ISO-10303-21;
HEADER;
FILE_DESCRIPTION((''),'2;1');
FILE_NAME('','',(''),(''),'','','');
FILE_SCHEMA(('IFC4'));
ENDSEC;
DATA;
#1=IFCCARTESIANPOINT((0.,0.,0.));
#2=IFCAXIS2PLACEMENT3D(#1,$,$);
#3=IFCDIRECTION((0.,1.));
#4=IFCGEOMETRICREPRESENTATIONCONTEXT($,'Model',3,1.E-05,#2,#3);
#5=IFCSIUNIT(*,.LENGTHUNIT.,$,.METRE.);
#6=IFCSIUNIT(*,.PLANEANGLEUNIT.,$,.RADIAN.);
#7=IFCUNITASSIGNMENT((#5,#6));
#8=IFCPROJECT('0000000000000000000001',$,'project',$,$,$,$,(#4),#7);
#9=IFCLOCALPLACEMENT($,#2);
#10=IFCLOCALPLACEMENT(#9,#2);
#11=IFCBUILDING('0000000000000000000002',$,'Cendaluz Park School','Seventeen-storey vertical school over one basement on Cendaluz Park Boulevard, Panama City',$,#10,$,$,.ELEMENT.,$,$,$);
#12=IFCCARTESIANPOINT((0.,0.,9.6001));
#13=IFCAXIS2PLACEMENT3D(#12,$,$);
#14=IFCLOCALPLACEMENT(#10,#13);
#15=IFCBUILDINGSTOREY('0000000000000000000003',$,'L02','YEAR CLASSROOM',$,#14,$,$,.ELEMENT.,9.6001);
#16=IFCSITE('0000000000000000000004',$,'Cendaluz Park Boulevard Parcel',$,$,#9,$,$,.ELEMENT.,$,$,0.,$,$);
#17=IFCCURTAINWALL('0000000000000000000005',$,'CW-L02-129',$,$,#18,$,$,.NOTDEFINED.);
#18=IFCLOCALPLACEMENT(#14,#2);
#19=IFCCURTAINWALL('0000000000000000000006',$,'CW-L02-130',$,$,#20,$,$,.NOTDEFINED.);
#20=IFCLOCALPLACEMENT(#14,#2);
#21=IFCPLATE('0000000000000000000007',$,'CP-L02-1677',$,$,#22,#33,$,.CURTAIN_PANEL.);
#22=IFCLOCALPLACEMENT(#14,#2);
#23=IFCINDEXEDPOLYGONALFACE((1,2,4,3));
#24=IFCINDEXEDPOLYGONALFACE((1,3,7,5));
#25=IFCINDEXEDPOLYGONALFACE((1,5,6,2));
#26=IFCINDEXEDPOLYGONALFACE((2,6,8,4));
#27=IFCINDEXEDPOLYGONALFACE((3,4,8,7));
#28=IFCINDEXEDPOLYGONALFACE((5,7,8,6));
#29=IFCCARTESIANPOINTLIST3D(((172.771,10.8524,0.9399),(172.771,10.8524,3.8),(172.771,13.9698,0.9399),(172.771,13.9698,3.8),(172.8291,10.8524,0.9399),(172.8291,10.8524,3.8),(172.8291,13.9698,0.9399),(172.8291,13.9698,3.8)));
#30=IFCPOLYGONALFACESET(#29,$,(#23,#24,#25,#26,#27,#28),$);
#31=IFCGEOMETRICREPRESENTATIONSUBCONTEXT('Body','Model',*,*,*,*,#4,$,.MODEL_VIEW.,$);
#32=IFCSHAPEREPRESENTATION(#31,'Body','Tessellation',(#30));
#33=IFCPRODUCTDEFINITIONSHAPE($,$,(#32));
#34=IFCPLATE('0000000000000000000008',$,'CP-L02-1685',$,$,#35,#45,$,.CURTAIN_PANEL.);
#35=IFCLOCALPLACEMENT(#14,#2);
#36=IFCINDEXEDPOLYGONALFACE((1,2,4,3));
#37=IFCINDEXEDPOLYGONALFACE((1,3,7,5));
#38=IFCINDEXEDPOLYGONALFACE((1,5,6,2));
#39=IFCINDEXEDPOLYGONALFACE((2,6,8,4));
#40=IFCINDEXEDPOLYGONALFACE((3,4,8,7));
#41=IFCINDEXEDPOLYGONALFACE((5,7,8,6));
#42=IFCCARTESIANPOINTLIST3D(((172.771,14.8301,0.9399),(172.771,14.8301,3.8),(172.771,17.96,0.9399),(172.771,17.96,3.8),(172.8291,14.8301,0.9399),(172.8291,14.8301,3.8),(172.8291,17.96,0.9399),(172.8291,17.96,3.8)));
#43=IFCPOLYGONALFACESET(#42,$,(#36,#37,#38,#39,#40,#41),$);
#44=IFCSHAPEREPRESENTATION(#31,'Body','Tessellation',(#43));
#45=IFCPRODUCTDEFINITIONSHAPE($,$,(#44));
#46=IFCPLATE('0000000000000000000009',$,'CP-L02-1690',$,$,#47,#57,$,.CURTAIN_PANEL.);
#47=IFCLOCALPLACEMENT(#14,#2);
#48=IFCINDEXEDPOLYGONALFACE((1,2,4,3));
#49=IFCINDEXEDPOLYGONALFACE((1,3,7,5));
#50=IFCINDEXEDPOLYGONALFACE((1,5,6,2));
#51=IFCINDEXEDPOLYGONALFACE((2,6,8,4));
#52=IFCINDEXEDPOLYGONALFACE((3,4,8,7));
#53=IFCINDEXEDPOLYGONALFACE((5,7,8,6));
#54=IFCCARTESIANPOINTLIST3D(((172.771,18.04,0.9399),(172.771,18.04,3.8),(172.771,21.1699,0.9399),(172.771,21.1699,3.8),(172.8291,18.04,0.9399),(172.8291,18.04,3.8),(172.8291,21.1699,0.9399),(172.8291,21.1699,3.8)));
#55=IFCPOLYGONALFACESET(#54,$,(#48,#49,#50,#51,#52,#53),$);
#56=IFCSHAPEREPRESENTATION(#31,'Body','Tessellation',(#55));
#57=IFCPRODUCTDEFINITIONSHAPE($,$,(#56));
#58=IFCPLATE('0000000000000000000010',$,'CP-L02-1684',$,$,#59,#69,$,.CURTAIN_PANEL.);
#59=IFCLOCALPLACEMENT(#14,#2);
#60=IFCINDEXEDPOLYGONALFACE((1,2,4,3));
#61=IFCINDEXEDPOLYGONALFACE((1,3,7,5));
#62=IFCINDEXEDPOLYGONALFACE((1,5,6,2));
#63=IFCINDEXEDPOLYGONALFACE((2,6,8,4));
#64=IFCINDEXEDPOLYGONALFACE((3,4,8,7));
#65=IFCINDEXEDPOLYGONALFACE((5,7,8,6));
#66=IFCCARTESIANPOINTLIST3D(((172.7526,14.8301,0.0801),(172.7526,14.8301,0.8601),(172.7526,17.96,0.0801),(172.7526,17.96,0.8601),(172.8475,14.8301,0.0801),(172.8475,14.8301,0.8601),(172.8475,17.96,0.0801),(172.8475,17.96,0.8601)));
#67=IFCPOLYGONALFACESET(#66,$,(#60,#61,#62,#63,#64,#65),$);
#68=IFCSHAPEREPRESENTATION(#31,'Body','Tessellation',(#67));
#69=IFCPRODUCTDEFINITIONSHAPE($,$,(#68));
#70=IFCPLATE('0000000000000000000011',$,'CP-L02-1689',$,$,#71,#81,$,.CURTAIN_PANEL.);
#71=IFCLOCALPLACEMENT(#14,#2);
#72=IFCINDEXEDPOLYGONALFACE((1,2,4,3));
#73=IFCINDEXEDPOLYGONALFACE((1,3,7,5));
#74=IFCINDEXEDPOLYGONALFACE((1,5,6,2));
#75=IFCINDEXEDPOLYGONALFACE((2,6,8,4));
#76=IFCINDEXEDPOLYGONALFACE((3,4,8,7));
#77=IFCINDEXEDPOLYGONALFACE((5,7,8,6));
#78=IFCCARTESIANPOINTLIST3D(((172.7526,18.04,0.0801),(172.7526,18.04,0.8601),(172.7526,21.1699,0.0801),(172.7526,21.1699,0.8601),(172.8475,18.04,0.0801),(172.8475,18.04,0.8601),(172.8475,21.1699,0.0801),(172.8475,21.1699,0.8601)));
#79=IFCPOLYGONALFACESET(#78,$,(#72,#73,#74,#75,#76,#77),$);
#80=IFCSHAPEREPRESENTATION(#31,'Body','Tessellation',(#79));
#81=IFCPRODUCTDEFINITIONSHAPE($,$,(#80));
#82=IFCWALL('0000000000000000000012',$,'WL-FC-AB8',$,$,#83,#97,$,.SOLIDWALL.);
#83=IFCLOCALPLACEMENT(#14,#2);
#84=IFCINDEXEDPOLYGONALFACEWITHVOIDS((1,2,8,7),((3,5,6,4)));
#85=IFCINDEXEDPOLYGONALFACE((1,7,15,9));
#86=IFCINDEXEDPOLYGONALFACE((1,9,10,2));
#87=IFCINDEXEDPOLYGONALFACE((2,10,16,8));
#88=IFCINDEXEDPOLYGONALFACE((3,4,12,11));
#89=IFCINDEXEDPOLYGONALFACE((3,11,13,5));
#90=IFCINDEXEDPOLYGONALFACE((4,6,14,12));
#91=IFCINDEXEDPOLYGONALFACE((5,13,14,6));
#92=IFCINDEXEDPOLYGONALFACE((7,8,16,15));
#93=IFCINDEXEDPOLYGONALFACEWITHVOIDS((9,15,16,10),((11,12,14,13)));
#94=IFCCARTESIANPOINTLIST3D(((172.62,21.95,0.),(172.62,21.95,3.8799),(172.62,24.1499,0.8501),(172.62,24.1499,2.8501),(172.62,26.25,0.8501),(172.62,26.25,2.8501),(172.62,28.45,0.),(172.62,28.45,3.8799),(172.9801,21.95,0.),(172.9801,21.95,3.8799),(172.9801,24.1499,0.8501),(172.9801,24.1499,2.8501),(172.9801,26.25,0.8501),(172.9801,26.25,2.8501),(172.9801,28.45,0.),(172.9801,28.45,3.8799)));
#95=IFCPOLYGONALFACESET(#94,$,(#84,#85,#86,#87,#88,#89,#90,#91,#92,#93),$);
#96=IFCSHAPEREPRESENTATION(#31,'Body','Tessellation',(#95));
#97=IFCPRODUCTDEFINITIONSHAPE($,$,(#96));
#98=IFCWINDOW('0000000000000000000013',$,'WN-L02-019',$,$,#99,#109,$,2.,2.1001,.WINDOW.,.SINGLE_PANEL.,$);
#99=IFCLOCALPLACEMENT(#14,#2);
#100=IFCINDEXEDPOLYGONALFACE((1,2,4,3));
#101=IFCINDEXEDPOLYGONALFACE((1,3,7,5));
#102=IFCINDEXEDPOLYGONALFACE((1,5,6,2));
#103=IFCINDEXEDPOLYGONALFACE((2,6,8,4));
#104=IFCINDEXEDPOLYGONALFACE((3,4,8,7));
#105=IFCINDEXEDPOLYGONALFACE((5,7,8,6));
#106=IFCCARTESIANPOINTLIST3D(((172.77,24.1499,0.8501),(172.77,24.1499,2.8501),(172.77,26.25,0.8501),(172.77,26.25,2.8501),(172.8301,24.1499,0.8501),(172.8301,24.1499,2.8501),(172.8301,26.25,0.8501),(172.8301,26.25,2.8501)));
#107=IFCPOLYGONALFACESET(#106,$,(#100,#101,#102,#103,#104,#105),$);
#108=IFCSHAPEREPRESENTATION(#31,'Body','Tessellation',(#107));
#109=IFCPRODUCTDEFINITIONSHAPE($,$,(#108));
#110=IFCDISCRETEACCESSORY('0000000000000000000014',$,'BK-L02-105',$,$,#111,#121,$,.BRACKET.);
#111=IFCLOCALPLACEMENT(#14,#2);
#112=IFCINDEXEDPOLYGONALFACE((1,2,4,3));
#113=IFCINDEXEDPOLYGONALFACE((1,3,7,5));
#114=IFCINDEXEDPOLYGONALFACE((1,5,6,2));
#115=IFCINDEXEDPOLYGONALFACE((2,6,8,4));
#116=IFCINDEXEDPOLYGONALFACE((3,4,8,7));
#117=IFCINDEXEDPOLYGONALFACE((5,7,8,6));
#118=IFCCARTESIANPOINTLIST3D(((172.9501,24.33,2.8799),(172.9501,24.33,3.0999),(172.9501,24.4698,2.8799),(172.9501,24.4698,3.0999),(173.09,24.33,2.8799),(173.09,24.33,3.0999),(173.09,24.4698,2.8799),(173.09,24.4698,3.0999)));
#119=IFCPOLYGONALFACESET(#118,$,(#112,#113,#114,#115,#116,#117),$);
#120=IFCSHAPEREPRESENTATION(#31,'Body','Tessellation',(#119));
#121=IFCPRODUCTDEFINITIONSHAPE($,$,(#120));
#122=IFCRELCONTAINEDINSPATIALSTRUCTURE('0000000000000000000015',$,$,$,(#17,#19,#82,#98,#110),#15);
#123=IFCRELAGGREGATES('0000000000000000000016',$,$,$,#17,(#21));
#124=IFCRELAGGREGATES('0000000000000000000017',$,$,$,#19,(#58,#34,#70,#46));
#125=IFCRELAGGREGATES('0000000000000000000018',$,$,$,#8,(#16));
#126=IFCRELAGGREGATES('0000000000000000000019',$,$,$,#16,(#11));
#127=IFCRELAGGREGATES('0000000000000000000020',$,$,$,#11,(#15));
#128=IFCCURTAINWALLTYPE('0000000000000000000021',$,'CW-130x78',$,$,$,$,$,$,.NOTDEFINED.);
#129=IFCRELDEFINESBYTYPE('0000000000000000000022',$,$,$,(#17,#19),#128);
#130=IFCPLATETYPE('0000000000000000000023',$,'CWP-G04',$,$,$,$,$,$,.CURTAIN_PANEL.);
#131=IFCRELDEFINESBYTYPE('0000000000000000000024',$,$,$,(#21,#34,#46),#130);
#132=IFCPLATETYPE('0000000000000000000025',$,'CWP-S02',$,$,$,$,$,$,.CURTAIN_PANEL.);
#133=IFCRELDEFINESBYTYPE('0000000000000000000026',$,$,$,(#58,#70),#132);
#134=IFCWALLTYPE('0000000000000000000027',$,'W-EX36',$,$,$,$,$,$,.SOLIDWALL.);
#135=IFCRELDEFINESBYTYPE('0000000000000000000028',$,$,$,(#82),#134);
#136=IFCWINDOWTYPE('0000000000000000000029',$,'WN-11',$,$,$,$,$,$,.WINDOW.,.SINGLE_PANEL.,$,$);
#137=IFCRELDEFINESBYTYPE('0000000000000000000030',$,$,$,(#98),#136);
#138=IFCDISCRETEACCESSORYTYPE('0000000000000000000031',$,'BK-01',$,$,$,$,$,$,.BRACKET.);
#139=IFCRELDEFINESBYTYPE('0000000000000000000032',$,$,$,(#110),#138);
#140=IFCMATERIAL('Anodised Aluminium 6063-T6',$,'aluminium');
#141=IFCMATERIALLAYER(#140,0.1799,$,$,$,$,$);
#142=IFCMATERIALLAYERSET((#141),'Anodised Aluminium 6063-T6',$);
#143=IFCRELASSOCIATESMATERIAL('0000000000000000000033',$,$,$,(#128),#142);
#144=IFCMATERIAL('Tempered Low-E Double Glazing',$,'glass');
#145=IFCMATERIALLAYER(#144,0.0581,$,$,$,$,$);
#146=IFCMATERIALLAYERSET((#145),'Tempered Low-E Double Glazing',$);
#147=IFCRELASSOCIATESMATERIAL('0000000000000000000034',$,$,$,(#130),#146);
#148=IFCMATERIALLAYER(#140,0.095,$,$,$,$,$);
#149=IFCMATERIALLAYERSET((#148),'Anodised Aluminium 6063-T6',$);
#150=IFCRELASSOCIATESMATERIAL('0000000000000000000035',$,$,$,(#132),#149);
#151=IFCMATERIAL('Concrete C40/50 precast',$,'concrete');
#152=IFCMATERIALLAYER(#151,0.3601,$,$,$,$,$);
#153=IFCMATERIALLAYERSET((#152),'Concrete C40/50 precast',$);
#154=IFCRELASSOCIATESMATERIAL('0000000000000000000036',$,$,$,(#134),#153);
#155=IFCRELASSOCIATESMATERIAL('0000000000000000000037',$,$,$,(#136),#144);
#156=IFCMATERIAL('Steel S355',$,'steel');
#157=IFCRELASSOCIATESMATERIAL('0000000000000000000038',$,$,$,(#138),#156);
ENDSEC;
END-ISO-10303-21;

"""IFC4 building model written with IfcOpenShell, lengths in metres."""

from ifc_helpers import new_model, si_unit, direction, frame, frame_2d, origin, origin_2d, place, context, subcontext, project, spatial, rectangle, extrude, material, layer, layer_set, type_object, element, fill, aggregate, save


model = new_model("IFC4")

# Units and contexts
model_context = context("Model", 3, precision=1e-05, world=origin(), true_north=direction((0.0, 1.0)))
body_context = subcontext(model_context, "Body", "Model", "MODEL_VIEW")
ifc_project = project(units=[si_unit("LENGTHUNIT", "METRE"), si_unit("PLANEANGLEUNIT", "RADIAN")], contexts=[model_context])

# Site, building, storey
site_placement = place(None, origin())
site = spatial("IfcSite", under=ifc_project, at=site_placement, Name="Cendaluz Park Boulevard Parcel", CompositionType="ELEMENT", RefElevation=0.0)
building_placement = place(site_placement, origin())
building = spatial("IfcBuilding", under=site, at=building_placement, Name="Cendaluz Park School", Description="Seventeen-storey vertical school over one basement on Cendaluz Park Boulevard, Panama City", CompositionType="ELEMENT")
storey_placement = place(building_placement, frame((0.0, 0.0, 9.6001)))
storey = spatial("IfcBuildingStorey", under=building, at=storey_placement, Name="L02", Description="YEAR CLASSROOM", CompositionType="ELEMENT", Elevation=9.6001)

# Curtain wall
ifc_material_1 = material(Name="Anodised Aluminium 6063-T6", Category="aluminium")
ifc_layer_1 = layer(ifc_material_1, 0.1799)
ifc_layer_set_1 = layer_set([ifc_layer_1], Name="Anodised Aluminium 6063-T6")
curtain_wall_type = type_object("IfcCurtainWallType", Name="CW-130x78", PredefinedType="NOTDEFINED", material=ifc_layer_set_1)
curtain_wall_1_placement = place(storey_placement, origin())
curtain_wall_1 = element("IfcCurtainWall", 1, at=curtain_wall_1_placement, inside=storey, type_object=curtain_wall_type, Name="CW-L02-129", PredefinedType="NOTDEFINED")

# Curtain wall
curtain_wall_2_placement = place(storey_placement, origin())
curtain_wall_2 = element("IfcCurtainWall", 2, at=curtain_wall_2_placement, inside=storey, type_object=curtain_wall_type, Name="CW-L02-130", PredefinedType="NOTDEFINED")

# Plates
ifc_material_2 = material(Name="Tempered Low-E Double Glazing", Category="glass")
ifc_layer_2 = layer(ifc_material_2, 0.0581)
ifc_layer_set_2 = layer_set([ifc_layer_2], Name="Tempered Low-E Double Glazing")
plate_type_1 = type_object("IfcPlateType", Name="CWP-G04", PredefinedType="CURTAIN_PANEL", material=ifc_layer_set_2)
plate_1_placement = place(storey_placement, frame((172.8, 12.4111, 0.9399), z_axis=(0.0, 0.0, 1.0), x_axis=(0.0, 1.0, 0.0)))
plate_1 = element("IfcPlate", 3, at=plate_1_placement, type_object=plate_type_1, Name="CP-L02-1677", PredefinedType="CURTAIN_PANEL", context=body_context, shape_type="SweptSolid", body=[
    extrude(rectangle(XDim=3.1174, YDim=0.0581, at=origin_2d()), origin(), (0.0, 0.0, 1.0), 2.8601),
])
aggregate(curtain_wall_1, [plate_1])
plate_2_placement = place(storey_placement, frame((172.8, 16.395, 0.9399), z_axis=(0.0, 0.0, 1.0), x_axis=(0.0, 1.0, 0.0)))
plate_2 = element("IfcPlate", 4, at=plate_2_placement, type_object=plate_type_1, Name="CP-L02-1685", PredefinedType="CURTAIN_PANEL", context=body_context, shape_type="SweptSolid", body=[
    extrude(rectangle(XDim=3.1299, YDim=0.0581, at=origin_2d()), origin(), (0.0, 0.0, 1.0), 2.8601),
])
plate_3_placement = place(storey_placement, frame((172.8, 19.605, 0.9399), z_axis=(0.0, 0.0, 1.0), x_axis=(0.0, 1.0, 0.0)))
plate_3 = element("IfcPlate", 5, at=plate_3_placement, type_object=plate_type_1, Name="CP-L02-1690", PredefinedType="CURTAIN_PANEL", context=body_context, shape_type="SweptSolid", body=[
    extrude(rectangle(XDim=3.1299, YDim=0.0581, at=origin_2d()), origin(), (0.0, 0.0, 1.0), 2.8601),
])
ifc_layer_3 = layer(ifc_material_1, 0.095)
ifc_layer_set_3 = layer_set([ifc_layer_3], Name="Anodised Aluminium 6063-T6")
plate_type_2 = type_object("IfcPlateType", Name="CWP-S02", PredefinedType="CURTAIN_PANEL", material=ifc_layer_set_3)
plate_4_placement = place(storey_placement, frame((172.8, 16.395, 0.0801), z_axis=(0.0, 0.0, 1.0), x_axis=(0.0, 1.0, 0.0)))
plate_4 = element("IfcPlate", 6, at=plate_4_placement, type_object=plate_type_2, Name="CP-L02-1684", PredefinedType="CURTAIN_PANEL", context=body_context, shape_type="SweptSolid", body=[
    extrude(rectangle(XDim=3.1299, YDim=0.095, at=origin_2d()), origin(), (0.0, 0.0, 1.0), 0.78),
])
plate_5_placement = place(storey_placement, frame((172.8, 19.605, 0.0801), z_axis=(0.0, 0.0, 1.0), x_axis=(0.0, 1.0, 0.0)))
plate_5 = element("IfcPlate", 7, at=plate_5_placement, type_object=plate_type_2, Name="CP-L02-1689", PredefinedType="CURTAIN_PANEL", context=body_context, shape_type="SweptSolid", body=[
    extrude(rectangle(XDim=3.1299, YDim=0.095, at=origin_2d()), origin(), (0.0, 0.0, 1.0), 0.78),
])
aggregate(curtain_wall_2, [plate_4, plate_2, plate_5, plate_3])

# Wall, opening, window
ifc_material_3 = material(Name="Concrete C40/50 precast", Category="concrete")
ifc_layer_4 = layer(ifc_material_3, 0.3601)
ifc_layer_set_4 = layer_set([ifc_layer_4], Name="Concrete C40/50 precast")
wall_type = type_object("IfcWallType", Name="W-EX36", PredefinedType="SOLIDWALL", material=ifc_layer_set_4)
wall_placement = place(storey_placement, frame((172.8, 21.95, 0.0), z_axis=(0.0, 0.0, 1.0), x_axis=(0.0, 1.0, 0.0)))
wall = element("IfcWall", 8, at=wall_placement, inside=storey, type_object=wall_type, Name="WL-FC-AB8", PredefinedType="SOLIDWALL", context=body_context, shape_type="SweptSolid", body=[
    extrude(rectangle(XDim=6.5, YDim=0.3601, at=frame_2d((3.25, 0.0))), origin(), (0.0, 0.0, 1.0), 3.8799),
])
opening_placement = place(wall_placement, frame((2.2, 0.0, 0.8501)))
opening = element("IfcOpeningElement", 9, at=opening_placement, cuts=wall, PredefinedType="OPENING", context=body_context, shape_type="SweptSolid", body=[
    extrude(rectangle(XDim=2.1001, YDim=2.0, at=frame_2d((1.05, 1.0))), frame((0.0, 0.1921, 0.0), z_axis=(0.0, -1.0, 0.0), x_axis=(1.0, 0.0, 0.0)), (0.0, 0.0, 1.0), 0.384),
])
window_type = type_object("IfcWindowType", Name="WN-11", PartitioningType="SINGLE_PANEL", PredefinedType="WINDOW", material=ifc_material_2)
window_placement = place(opening_placement, origin())
window = element("IfcWindow", 10, at=window_placement, inside=storey, type_object=window_type, Name="WN-L02-019", OverallHeight=2.0, OverallWidth=2.1001, PartitioningType="SINGLE_PANEL", PredefinedType="WINDOW", context=body_context, shape_type="SweptSolid", body=[
    extrude(rectangle(XDim=2.1001, YDim=2.0, at=frame_2d((1.05, 1.0))), frame((0.0, 0.03, 0.0), z_axis=(0.0, -1.0, 0.0), x_axis=(1.0, 0.0, 0.0)), (0.0, 0.0, 1.0), 0.0601),
])
fill(opening, window)

# Discrete accessory
ifc_material_4 = material(Name="Steel S355", Category="steel")
discrete_accessory_type = type_object("IfcDiscreteAccessoryType", Name="BK-01", PredefinedType="BRACKET", material=ifc_material_4)
discrete_accessory_placement = place(storey_placement, frame((173.02, 24.3999, 2.8799), z_axis=(0.0, 0.0, 1.0), x_axis=(0.0, 1.0, 0.0)))
element("IfcDiscreteAccessory", 11, at=discrete_accessory_placement, inside=storey, type_object=discrete_accessory_type, Name="BK-L02-105", PredefinedType="BRACKET", context=body_context, shape_type="SweptSolid", body=[
    extrude(rectangle(XDim=0.1399, YDim=0.1399, at=origin_2d()), origin(), (0.0, 0.0, 1.0), 0.22),
])

save(model, "model.ifc")
